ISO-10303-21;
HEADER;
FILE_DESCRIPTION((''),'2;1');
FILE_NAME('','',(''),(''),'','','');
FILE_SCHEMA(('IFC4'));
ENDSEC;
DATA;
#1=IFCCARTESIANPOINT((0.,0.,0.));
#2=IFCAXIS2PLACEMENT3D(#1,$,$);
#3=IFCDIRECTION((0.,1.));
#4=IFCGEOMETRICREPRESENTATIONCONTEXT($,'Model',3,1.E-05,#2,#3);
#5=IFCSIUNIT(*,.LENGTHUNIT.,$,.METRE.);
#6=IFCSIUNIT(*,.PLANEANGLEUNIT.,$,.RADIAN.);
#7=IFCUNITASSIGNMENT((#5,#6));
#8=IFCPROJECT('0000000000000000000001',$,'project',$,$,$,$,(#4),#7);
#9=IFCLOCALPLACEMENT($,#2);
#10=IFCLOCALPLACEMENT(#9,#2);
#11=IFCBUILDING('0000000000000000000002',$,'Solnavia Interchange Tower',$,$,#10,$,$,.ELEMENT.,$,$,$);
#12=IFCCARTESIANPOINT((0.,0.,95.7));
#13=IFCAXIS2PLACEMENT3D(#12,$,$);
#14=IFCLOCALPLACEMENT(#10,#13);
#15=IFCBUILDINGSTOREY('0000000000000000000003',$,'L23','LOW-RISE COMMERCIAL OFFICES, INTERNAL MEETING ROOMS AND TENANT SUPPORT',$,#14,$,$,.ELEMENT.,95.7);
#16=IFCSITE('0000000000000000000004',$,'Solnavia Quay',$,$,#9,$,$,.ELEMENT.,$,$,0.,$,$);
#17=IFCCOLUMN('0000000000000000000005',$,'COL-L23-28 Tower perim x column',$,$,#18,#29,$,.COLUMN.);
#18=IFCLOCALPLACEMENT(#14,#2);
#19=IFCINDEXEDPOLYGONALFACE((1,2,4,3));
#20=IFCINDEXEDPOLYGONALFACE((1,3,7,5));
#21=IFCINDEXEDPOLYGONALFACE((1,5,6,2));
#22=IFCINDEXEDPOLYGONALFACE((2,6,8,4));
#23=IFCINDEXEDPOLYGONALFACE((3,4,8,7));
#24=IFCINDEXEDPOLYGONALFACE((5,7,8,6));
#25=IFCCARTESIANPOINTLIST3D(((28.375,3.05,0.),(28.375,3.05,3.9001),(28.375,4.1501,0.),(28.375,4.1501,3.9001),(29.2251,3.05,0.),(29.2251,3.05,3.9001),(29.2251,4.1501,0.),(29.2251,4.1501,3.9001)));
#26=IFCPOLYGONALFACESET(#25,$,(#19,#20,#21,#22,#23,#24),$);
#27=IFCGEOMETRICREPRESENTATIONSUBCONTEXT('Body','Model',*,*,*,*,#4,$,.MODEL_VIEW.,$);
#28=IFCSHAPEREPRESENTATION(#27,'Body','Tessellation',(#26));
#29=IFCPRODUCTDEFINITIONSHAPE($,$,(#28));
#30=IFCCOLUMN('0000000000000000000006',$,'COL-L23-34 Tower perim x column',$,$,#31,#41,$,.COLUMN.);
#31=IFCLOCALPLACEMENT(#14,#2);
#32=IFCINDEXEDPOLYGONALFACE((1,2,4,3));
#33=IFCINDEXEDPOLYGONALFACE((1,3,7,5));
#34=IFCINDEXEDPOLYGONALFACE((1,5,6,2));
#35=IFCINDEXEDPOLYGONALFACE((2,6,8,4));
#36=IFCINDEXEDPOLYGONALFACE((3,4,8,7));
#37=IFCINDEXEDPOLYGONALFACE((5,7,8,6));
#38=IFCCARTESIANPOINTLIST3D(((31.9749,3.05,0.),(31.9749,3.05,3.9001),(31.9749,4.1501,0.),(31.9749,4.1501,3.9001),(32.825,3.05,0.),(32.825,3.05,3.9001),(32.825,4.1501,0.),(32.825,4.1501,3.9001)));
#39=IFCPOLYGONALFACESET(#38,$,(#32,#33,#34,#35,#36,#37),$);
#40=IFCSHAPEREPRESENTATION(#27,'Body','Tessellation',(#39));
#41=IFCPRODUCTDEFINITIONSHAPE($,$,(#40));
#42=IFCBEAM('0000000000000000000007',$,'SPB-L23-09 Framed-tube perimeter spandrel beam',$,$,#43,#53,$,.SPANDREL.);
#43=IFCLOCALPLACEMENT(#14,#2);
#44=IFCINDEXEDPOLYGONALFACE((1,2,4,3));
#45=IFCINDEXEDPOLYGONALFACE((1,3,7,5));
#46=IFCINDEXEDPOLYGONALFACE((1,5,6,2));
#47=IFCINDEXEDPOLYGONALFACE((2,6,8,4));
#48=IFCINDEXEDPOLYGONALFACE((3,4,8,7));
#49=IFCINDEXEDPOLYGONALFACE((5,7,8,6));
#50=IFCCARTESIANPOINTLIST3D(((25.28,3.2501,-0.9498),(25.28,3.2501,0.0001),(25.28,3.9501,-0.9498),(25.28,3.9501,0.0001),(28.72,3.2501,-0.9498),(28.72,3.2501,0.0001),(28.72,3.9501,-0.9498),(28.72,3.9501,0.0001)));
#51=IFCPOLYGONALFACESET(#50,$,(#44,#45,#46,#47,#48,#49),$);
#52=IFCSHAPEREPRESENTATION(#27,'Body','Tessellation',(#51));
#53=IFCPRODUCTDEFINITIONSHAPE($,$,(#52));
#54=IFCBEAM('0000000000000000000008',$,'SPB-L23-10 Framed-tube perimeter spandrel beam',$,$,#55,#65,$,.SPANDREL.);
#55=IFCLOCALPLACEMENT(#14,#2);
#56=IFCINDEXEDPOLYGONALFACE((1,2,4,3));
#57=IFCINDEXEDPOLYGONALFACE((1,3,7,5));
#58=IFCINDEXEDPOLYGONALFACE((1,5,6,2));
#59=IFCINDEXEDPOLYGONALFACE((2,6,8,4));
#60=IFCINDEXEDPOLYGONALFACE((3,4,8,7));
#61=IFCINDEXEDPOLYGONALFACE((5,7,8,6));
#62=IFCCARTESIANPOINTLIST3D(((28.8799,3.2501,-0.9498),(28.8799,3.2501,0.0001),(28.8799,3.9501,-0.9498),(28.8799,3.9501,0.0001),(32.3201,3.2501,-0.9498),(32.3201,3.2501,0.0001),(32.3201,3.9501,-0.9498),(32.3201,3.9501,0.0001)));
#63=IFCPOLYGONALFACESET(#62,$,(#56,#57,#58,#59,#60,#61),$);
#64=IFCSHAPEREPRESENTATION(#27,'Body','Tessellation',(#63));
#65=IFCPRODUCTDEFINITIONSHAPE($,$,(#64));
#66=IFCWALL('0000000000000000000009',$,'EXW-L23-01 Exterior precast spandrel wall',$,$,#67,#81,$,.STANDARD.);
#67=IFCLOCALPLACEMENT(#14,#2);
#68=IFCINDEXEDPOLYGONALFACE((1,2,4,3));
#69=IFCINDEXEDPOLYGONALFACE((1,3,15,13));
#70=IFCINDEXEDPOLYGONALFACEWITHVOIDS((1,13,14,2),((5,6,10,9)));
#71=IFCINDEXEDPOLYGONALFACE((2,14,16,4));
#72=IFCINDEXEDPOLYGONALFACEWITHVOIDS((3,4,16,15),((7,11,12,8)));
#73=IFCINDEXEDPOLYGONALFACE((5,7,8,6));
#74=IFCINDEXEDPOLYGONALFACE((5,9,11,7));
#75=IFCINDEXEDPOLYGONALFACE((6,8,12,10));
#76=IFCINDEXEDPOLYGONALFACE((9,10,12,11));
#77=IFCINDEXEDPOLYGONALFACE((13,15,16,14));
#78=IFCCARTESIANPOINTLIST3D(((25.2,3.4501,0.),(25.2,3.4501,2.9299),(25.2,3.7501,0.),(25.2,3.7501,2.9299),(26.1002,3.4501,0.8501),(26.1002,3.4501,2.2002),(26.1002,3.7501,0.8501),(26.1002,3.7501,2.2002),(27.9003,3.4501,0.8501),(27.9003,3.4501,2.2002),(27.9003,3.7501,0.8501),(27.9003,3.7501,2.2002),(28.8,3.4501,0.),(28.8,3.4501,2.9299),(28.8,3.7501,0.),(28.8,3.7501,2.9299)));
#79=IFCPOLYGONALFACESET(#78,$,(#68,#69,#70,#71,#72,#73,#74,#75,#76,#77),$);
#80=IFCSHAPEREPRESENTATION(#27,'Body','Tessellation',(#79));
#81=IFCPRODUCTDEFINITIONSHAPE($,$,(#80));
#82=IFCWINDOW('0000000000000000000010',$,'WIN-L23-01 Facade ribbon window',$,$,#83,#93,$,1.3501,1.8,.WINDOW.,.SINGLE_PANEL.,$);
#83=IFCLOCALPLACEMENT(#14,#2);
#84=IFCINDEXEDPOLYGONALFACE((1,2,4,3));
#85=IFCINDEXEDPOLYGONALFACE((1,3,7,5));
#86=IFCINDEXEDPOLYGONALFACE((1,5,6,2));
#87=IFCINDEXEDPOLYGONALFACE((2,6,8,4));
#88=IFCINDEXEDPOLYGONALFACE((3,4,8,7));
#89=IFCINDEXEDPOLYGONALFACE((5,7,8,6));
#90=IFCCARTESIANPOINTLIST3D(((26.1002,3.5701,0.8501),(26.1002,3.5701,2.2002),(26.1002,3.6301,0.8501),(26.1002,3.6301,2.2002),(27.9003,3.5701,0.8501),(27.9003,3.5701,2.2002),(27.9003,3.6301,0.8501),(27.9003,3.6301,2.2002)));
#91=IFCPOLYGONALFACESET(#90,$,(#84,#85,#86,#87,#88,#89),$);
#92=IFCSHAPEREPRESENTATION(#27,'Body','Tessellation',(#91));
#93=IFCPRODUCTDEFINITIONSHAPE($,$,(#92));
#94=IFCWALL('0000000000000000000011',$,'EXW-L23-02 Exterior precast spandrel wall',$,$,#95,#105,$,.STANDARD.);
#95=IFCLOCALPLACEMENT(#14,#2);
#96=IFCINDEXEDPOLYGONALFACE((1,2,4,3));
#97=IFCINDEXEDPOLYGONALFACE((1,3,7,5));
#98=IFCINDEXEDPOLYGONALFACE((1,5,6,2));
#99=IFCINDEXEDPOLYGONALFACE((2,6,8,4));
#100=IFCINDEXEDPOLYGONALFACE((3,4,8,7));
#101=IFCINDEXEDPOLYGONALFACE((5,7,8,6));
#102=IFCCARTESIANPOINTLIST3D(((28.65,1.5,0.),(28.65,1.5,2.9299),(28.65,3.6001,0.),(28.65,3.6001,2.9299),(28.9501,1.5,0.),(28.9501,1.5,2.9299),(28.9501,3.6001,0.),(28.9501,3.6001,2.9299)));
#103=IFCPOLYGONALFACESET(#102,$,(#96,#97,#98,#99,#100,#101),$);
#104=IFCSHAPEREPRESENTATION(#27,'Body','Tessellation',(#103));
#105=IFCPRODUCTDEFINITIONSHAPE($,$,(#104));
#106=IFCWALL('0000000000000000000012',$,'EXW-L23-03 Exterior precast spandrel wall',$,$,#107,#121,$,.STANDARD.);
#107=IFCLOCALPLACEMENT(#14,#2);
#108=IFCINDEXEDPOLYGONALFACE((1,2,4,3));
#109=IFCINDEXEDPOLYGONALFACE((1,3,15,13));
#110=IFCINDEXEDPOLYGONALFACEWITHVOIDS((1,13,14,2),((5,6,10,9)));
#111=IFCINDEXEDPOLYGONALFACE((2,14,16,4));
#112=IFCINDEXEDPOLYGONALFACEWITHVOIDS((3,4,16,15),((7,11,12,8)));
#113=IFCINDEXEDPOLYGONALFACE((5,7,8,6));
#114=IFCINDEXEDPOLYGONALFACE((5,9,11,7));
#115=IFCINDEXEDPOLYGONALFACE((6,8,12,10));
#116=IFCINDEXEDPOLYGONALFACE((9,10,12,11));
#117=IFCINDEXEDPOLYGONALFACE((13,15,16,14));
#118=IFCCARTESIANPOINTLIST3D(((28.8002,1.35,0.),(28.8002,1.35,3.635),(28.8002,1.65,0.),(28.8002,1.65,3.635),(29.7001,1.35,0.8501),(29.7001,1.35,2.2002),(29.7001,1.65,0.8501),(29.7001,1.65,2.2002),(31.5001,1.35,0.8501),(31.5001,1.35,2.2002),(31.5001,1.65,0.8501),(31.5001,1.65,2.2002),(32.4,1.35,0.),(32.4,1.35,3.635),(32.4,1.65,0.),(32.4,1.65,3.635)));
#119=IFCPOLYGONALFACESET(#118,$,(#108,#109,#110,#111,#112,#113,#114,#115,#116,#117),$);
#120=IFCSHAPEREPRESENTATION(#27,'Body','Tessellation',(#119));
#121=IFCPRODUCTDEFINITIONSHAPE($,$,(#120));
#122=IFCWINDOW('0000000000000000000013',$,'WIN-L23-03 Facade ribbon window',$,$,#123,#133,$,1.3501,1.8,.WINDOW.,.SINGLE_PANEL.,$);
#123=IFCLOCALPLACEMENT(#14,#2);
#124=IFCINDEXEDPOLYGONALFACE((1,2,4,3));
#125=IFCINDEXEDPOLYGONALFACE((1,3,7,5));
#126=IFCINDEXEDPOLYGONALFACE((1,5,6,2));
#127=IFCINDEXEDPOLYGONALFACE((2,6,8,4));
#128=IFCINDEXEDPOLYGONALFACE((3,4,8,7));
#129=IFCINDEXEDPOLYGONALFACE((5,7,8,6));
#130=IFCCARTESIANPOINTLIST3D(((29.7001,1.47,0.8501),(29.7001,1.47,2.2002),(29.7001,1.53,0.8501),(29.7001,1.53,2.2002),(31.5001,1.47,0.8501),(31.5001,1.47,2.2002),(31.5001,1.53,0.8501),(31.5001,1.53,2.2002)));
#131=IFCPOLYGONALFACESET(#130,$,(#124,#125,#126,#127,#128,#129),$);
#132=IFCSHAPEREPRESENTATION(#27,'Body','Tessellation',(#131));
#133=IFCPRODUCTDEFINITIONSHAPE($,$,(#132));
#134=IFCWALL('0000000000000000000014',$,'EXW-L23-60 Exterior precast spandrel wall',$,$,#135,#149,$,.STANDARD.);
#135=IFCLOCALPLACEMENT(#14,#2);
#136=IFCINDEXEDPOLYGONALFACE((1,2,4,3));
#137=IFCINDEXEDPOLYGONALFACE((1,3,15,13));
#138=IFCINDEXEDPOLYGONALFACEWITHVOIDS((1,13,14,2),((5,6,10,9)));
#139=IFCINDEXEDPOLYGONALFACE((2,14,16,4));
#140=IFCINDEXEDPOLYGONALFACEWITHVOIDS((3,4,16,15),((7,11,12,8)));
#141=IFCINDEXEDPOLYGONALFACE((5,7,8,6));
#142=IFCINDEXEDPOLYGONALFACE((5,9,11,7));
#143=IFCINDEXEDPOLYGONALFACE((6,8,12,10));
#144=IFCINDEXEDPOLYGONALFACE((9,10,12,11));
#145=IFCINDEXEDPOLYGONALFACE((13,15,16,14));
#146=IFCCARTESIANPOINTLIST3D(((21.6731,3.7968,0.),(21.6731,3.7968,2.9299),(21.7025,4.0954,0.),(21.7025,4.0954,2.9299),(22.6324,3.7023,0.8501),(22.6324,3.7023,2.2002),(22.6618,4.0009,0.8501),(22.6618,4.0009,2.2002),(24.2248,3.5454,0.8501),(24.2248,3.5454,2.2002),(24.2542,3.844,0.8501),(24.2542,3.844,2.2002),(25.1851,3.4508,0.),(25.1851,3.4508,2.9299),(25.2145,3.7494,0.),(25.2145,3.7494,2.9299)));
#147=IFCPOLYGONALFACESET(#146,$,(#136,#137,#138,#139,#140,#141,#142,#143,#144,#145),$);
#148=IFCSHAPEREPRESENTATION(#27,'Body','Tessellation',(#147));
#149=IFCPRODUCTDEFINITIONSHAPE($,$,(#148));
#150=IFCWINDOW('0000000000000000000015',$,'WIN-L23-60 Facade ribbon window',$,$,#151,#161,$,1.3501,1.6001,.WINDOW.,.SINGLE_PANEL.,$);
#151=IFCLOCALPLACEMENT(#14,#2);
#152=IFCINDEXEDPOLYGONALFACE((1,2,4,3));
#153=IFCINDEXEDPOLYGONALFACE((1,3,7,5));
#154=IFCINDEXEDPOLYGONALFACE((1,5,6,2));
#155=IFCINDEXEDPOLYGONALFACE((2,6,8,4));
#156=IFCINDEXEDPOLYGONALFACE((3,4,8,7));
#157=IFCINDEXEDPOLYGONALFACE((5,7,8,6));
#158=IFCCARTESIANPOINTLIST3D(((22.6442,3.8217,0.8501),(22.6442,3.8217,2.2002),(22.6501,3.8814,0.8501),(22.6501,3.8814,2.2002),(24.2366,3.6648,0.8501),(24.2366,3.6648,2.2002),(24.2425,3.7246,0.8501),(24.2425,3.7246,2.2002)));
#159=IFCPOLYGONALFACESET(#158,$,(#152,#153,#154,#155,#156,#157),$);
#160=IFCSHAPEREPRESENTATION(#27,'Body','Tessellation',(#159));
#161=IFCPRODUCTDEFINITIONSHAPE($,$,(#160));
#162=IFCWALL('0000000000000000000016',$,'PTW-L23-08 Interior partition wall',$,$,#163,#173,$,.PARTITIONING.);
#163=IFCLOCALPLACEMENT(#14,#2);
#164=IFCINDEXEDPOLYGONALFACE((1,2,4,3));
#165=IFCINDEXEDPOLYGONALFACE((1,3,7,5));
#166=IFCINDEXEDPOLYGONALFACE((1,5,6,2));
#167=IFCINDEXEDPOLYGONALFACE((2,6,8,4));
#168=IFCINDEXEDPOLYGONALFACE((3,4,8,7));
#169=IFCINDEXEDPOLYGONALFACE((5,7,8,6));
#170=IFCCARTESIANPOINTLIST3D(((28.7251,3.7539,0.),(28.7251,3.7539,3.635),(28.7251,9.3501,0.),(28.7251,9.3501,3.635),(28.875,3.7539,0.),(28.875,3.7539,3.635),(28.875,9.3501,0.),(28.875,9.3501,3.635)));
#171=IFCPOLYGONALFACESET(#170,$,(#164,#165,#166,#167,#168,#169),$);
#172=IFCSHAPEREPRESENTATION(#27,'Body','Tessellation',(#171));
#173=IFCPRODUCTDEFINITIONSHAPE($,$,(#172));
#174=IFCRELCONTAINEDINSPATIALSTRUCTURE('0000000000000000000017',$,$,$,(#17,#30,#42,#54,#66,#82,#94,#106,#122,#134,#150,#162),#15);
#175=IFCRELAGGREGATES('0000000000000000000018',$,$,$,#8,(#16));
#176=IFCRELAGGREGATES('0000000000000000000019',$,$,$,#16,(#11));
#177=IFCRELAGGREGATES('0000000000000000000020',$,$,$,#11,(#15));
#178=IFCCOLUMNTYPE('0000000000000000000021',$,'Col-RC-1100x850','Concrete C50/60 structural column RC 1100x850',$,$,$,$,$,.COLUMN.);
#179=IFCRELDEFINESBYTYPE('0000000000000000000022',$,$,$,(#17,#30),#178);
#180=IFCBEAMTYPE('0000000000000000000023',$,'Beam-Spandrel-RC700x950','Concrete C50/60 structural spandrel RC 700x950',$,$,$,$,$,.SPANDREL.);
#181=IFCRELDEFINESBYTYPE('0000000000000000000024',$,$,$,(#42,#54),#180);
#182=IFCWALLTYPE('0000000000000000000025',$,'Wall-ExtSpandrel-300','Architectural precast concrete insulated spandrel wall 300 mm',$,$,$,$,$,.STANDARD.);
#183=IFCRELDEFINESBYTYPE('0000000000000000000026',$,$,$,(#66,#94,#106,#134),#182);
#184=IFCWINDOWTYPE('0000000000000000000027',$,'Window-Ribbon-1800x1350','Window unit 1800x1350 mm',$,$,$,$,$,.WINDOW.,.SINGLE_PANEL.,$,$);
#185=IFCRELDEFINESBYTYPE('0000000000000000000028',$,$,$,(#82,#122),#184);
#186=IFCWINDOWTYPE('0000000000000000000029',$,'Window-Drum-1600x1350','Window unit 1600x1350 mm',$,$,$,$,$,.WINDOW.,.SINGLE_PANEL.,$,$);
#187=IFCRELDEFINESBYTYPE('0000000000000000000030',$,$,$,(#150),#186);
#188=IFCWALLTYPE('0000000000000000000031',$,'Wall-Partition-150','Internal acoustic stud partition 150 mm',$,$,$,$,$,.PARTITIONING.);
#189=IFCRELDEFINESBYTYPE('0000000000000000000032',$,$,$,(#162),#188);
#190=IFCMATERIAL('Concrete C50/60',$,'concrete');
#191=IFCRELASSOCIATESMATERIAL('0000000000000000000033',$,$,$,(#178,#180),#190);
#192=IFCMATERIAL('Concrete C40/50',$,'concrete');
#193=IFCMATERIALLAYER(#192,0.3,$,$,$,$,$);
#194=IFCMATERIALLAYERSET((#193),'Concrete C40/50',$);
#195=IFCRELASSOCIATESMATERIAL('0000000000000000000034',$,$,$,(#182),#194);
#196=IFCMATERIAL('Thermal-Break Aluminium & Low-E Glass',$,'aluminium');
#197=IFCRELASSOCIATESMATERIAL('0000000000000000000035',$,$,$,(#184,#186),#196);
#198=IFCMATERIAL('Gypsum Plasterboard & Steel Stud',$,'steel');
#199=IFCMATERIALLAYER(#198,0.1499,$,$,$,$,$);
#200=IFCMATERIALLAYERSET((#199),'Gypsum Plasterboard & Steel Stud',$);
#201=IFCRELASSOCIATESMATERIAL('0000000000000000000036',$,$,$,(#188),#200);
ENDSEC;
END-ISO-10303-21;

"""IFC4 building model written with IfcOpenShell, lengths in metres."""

from ifc_helpers import new_model, si_unit, direction, frame, frame_2d, origin, origin_2d, place, context, subcontext, project, spatial, rectangle, extrude, material, layer, layer_set, material_profile, profile_set, type_object, element, fill, save


model = new_model("IFC4")

# Units and contexts
model_context = context("Model", 3, precision=1e-05, world=origin(), true_north=direction((0.0, 1.0)))
body_context = subcontext(model_context, "Body", "Model", "MODEL_VIEW")
ifc_project = project(units=[si_unit("LENGTHUNIT", "METRE"), si_unit("PLANEANGLEUNIT", "RADIAN")], contexts=[model_context])

# Site, building, storey
site_placement = place(None, origin())
site = spatial("IfcSite", under=ifc_project, at=site_placement, Name="Solnavia Quay", CompositionType="ELEMENT", RefElevation=0.0)
building_placement = place(site_placement, origin())
building = spatial("IfcBuilding", under=site, at=building_placement, Name="Solnavia Interchange Tower", CompositionType="ELEMENT")
storey_placement = place(building_placement, frame((0.0, 0.0, 95.7)))
storey = spatial("IfcBuildingStorey", under=building, at=storey_placement, Name="L23", Description="LOW-RISE COMMERCIAL OFFICES, INTERNAL MEETING ROOMS AND TENANT SUPPORT", CompositionType="ELEMENT", Elevation=95.7)

# Columns
ifc_material_1 = material(Name="Concrete C50/60", Category="concrete")
ifc_material_profile_1 = material_profile(ifc_material_1, rectangle(XDim=0.8501, YDim=1.1001, at=origin_2d()), Name="RC 1100x850")
ifc_profile_set_1 = profile_set([ifc_material_profile_1], Name="Concrete C50/60")
column_type = type_object("IfcColumnType", Name="Col-RC-1100x850", Description="Concrete C50/60 structural column RC 1100x850", PredefinedType="COLUMN", material=ifc_profile_set_1)
for number, where, z_axis, x_axis, name in (
    (1, (28.8, 3.6001, 0.0), (0.0, 0.0, 1.0), (1.0, 0.0, 0.0), "COL-L23-28 Tower perim x column"),
    (2, (32.3999, 3.6001, 0.0), (0.0, 0.0, 1.0), (1.0, 0.0, 0.0), "COL-L23-34 Tower perim x column"),
):
    element("IfcColumn", number, at=place(storey_placement, frame(where, z_axis=z_axis, x_axis=x_axis)), inside=storey, type_object=column_type, Name=name, PredefinedType="COLUMN", context=body_context, shape_type="SweptSolid", body=[
        extrude(rectangle(XDim=0.8501, YDim=1.1001, at=origin_2d()), origin(), (0.0, 0.0, 1.0), 3.9001),
    ])

# Beams
ifc_material_profile_2 = material_profile(ifc_material_1, rectangle(XDim=0.7, YDim=0.95, at=origin_2d()), Name="RC 700x950")
ifc_profile_set_2 = profile_set([ifc_material_profile_2], Name="Concrete C50/60")
beam_type = type_object("IfcBeamType", Name="Beam-Spandrel-RC700x950", Description="Concrete C50/60 structural spandrel RC 700x950", PredefinedType="SPANDREL", material=ifc_profile_set_2)
beam_1_placement = place(storey_placement, frame((25.28, 3.6001, -0.4749), z_axis=(1.0, 0.0, 0.0), x_axis=(0.0, 1.0, 0.0)))
element("IfcBeam", 3, at=beam_1_placement, inside=storey, type_object=beam_type, Name="SPB-L23-09 Framed-tube perimeter spandrel beam", PredefinedType="SPANDREL", context=body_context, shape_type="SweptSolid", body=[
    extrude(rectangle(XDim=0.7, YDim=0.95, at=origin_2d()), origin(), (0.0, 0.0, 1.0), 3.4399),
])
beam_2_placement = place(storey_placement, frame((28.8799, 3.6001, -0.4749), z_axis=(1.0, 0.0, 0.0), x_axis=(0.0, 1.0, 0.0)))
element("IfcBeam", 4, at=beam_2_placement, inside=storey, type_object=beam_type, Name="SPB-L23-10 Framed-tube perimeter spandrel beam", PredefinedType="SPANDREL", context=body_context, shape_type="SweptSolid", body=[
    extrude(rectangle(XDim=0.7, YDim=0.95, at=origin_2d()), origin(), (0.0, 0.0, 1.0), 3.4402),
])

# Wall, opening, window
ifc_material_2 = material(Name="Concrete C40/50", Category="concrete")
ifc_layer_1 = layer(ifc_material_2, 0.3)
ifc_layer_set_1 = layer_set([ifc_layer_1], Name="Concrete C40/50")
wall_type_1 = type_object("IfcWallType", Name="Wall-ExtSpandrel-300", Description="Architectural precast concrete insulated spandrel wall 300 mm", PredefinedType="STANDARD", material=ifc_layer_set_1)
wall_1_placement = place(storey_placement, frame((28.8, 3.6001, 0.0), z_axis=(0.0, 0.0, 1.0), x_axis=(-1.0, 0.0, 0.0)))
wall_1 = element("IfcWall", 5, at=wall_1_placement, inside=storey, type_object=wall_type_1, Name="EXW-L23-01 Exterior precast spandrel wall", PredefinedType="STANDARD", context=body_context, shape_type="SweptSolid", body=[
    extrude(rectangle(XDim=3.6001, YDim=0.3, at=frame_2d((1.8, 0.0))), origin(), (0.0, 0.0, 1.0), 2.9299),
])
opening_1_placement = place(wall_1_placement, frame((0.8999, 0.0, 0.8501)))
opening_1 = element("IfcOpeningElement", 6, at=opening_1_placement, cuts=wall_1, PredefinedType="OPENING", context=body_context, shape_type="SweptSolid", body=[
    extrude(rectangle(XDim=1.8, YDim=1.3501, at=frame_2d((0.8999, 0.675))), frame((0.0, 0.1602, 0.0), z_axis=(0.0, -1.0, 0.0), x_axis=(1.0, 0.0, 0.0)), (0.0, 0.0, 1.0), 0.3201),
])
ifc_material_3 = material(Name="Thermal-Break Aluminium & Low-E Glass", Category="aluminium")
window_type_1 = type_object("IfcWindowType", Name="Window-Ribbon-1800x1350", Description="Window unit 1800x1350 mm", PartitioningType="SINGLE_PANEL", PredefinedType="WINDOW", material=ifc_material_3)
window_1_placement = place(opening_1_placement, origin())
window_1 = element("IfcWindow", 7, at=window_1_placement, inside=storey, type_object=window_type_1, Name="WIN-L23-01 Facade ribbon window", OverallHeight=1.3501, OverallWidth=1.8, PartitioningType="SINGLE_PANEL", PredefinedType="WINDOW", context=body_context, shape_type="SweptSolid", body=[
    extrude(rectangle(XDim=1.8, YDim=1.3501, at=frame_2d((0.8999, 0.675))), frame((0.0, 0.03, 0.0), z_axis=(0.0, -1.0, 0.0), x_axis=(1.0, 0.0, 0.0)), (0.0, 0.0, 1.0), 0.0601),
])
fill(opening_1, window_1)

# Wall
wall_2_placement = place(storey_placement, frame((28.8, 3.6001, 0.0), z_axis=(0.0, 0.0, 1.0), x_axis=(0.0, -1.0, 0.0)))
element("IfcWall", 8, at=wall_2_placement, inside=storey, type_object=wall_type_1, Name="EXW-L23-02 Exterior precast spandrel wall", PredefinedType="STANDARD", context=body_context, shape_type="SweptSolid", body=[
    extrude(rectangle(XDim=2.1001, YDim=0.3, at=frame_2d((1.05, 0.0))), origin(), (0.0, 0.0, 1.0), 2.9299),
])

# Walls, openings, windows
wall_3_placement = place(storey_placement, frame((32.3999, 1.5, 0.0), z_axis=(0.0, 0.0, 1.0), x_axis=(-1.0, 0.0, 0.0)))
wall_3 = element("IfcWall", 9, at=wall_3_placement, inside=storey, type_object=wall_type_1, Name="EXW-L23-03 Exterior precast spandrel wall", PredefinedType="STANDARD", context=body_context, shape_type="SweptSolid", body=[
    extrude(rectangle(XDim=3.5999, YDim=0.3, at=frame_2d((1.7998, 0.0))), origin(), (0.0, 0.0, 1.0), 3.635),
])
opening_2_placement = place(wall_3_placement, frame((0.8999, 0.0, 0.8501)))
opening_2 = element("IfcOpeningElement", 10, at=opening_2_placement, cuts=wall_3, PredefinedType="OPENING", context=body_context, shape_type="SweptSolid", body=[
    extrude(rectangle(XDim=1.8, YDim=1.3501, at=frame_2d((0.8999, 0.675))), frame((0.0, 0.1602, 0.0), z_axis=(0.0, -1.0, 0.0), x_axis=(1.0, 0.0, 0.0)), (0.0, 0.0, 1.0), 0.3201),
])
window_2_placement = place(opening_2_placement, origin())
window_2 = element("IfcWindow", 11, at=window_2_placement, inside=storey, type_object=window_type_1, Name="WIN-L23-03 Facade ribbon window", OverallHeight=1.3501, OverallWidth=1.8, PartitioningType="SINGLE_PANEL", PredefinedType="WINDOW", context=body_context, shape_type="SweptSolid", body=[
    extrude(rectangle(XDim=1.8, YDim=1.3501, at=frame_2d((0.8999, 0.675))), frame((0.0, 0.03, 0.0), z_axis=(0.0, -1.0, 0.0), x_axis=(1.0, 0.0, 0.0)), (0.0, 0.0, 1.0), 0.0601),
])
fill(opening_2, window_2)
wall_4_placement = place(storey_placement, frame((25.2, 3.6001, 0.0), z_axis=(0.0, 0.0, 1.0), x_axis=(-0.995183, 0.098031, 0.0)))
wall_4 = element("IfcWall", 12, at=wall_4_placement, inside=storey, type_object=wall_type_1, Name="EXW-L23-60 Exterior precast spandrel wall", PredefinedType="STANDARD", context=body_context, shape_type="SweptSolid", body=[
    extrude(rectangle(XDim=3.5291, YDim=0.3, at=frame_2d((1.7646, 0.0))), origin(), (0.0, 0.0, 1.0), 2.9299),
])
opening_3_placement = place(wall_4_placement, frame((0.9651, 0.0, 0.8501)))
opening_3 = element("IfcOpeningElement", 13, at=opening_3_placement, cuts=wall_4, PredefinedType="OPENING", context=body_context, shape_type="SweptSolid", body=[
    extrude(rectangle(XDim=1.6001, YDim=1.3501, at=frame_2d((0.8, 0.675))), frame((0.0, 0.1602, 0.0), z_axis=(0.0, -1.0, 0.0), x_axis=(1.0, 0.0, 0.0)), (0.0, 0.0, 1.0), 0.3201),
])
window_type_2 = type_object("IfcWindowType", Name="Window-Drum-1600x1350", Description="Window unit 1600x1350 mm", PartitioningType="SINGLE_PANEL", PredefinedType="WINDOW", material=ifc_material_3)
window_3_placement = place(opening_3_placement, origin())
window_3 = element("IfcWindow", 14, at=window_3_placement, inside=storey, type_object=window_type_2, Name="WIN-L23-60 Facade ribbon window", OverallHeight=1.3501, OverallWidth=1.6001, PartitioningType="SINGLE_PANEL", PredefinedType="WINDOW", context=body_context, shape_type="SweptSolid", body=[
    extrude(rectangle(XDim=1.6001, YDim=1.3501, at=frame_2d((0.8, 0.675))), frame((0.0, 0.03, 0.0), z_axis=(0.0, -1.0, 0.0), x_axis=(1.0, 0.0, 0.0)), (0.0, 0.0, 1.0), 0.0601),
])
fill(opening_3, window_3)

# Wall
ifc_material_4 = material(Name="Gypsum Plasterboard & Steel Stud", Category="steel")
ifc_layer_2 = layer(ifc_material_4, 0.1499)
ifc_layer_set_2 = layer_set([ifc_layer_2], Name="Gypsum Plasterboard & Steel Stud")
wall_type_2 = type_object("IfcWallType", Name="Wall-Partition-150", Description="Internal acoustic stud partition 150 mm", PredefinedType="PARTITIONING", material=ifc_layer_set_2)
wall_5_placement = place(storey_placement, frame((28.8, 9.3501, 0.0), z_axis=(0.0, 0.0, 1.0), x_axis=(0.0, -1.0, 0.0)))
element("IfcWall", 15, at=wall_5_placement, inside=storey, type_object=wall_type_2, Name="PTW-L23-08 Interior partition wall", PredefinedType="PARTITIONING", context=body_context, shape_type="SweptSolid", body=[
    extrude(rectangle(XDim=5.5962, YDim=0.1499, at=frame_2d((2.7981, 0.0))), origin(), (0.0, 0.0, 1.0), 3.635),
])

save(model, "model.ifc")
